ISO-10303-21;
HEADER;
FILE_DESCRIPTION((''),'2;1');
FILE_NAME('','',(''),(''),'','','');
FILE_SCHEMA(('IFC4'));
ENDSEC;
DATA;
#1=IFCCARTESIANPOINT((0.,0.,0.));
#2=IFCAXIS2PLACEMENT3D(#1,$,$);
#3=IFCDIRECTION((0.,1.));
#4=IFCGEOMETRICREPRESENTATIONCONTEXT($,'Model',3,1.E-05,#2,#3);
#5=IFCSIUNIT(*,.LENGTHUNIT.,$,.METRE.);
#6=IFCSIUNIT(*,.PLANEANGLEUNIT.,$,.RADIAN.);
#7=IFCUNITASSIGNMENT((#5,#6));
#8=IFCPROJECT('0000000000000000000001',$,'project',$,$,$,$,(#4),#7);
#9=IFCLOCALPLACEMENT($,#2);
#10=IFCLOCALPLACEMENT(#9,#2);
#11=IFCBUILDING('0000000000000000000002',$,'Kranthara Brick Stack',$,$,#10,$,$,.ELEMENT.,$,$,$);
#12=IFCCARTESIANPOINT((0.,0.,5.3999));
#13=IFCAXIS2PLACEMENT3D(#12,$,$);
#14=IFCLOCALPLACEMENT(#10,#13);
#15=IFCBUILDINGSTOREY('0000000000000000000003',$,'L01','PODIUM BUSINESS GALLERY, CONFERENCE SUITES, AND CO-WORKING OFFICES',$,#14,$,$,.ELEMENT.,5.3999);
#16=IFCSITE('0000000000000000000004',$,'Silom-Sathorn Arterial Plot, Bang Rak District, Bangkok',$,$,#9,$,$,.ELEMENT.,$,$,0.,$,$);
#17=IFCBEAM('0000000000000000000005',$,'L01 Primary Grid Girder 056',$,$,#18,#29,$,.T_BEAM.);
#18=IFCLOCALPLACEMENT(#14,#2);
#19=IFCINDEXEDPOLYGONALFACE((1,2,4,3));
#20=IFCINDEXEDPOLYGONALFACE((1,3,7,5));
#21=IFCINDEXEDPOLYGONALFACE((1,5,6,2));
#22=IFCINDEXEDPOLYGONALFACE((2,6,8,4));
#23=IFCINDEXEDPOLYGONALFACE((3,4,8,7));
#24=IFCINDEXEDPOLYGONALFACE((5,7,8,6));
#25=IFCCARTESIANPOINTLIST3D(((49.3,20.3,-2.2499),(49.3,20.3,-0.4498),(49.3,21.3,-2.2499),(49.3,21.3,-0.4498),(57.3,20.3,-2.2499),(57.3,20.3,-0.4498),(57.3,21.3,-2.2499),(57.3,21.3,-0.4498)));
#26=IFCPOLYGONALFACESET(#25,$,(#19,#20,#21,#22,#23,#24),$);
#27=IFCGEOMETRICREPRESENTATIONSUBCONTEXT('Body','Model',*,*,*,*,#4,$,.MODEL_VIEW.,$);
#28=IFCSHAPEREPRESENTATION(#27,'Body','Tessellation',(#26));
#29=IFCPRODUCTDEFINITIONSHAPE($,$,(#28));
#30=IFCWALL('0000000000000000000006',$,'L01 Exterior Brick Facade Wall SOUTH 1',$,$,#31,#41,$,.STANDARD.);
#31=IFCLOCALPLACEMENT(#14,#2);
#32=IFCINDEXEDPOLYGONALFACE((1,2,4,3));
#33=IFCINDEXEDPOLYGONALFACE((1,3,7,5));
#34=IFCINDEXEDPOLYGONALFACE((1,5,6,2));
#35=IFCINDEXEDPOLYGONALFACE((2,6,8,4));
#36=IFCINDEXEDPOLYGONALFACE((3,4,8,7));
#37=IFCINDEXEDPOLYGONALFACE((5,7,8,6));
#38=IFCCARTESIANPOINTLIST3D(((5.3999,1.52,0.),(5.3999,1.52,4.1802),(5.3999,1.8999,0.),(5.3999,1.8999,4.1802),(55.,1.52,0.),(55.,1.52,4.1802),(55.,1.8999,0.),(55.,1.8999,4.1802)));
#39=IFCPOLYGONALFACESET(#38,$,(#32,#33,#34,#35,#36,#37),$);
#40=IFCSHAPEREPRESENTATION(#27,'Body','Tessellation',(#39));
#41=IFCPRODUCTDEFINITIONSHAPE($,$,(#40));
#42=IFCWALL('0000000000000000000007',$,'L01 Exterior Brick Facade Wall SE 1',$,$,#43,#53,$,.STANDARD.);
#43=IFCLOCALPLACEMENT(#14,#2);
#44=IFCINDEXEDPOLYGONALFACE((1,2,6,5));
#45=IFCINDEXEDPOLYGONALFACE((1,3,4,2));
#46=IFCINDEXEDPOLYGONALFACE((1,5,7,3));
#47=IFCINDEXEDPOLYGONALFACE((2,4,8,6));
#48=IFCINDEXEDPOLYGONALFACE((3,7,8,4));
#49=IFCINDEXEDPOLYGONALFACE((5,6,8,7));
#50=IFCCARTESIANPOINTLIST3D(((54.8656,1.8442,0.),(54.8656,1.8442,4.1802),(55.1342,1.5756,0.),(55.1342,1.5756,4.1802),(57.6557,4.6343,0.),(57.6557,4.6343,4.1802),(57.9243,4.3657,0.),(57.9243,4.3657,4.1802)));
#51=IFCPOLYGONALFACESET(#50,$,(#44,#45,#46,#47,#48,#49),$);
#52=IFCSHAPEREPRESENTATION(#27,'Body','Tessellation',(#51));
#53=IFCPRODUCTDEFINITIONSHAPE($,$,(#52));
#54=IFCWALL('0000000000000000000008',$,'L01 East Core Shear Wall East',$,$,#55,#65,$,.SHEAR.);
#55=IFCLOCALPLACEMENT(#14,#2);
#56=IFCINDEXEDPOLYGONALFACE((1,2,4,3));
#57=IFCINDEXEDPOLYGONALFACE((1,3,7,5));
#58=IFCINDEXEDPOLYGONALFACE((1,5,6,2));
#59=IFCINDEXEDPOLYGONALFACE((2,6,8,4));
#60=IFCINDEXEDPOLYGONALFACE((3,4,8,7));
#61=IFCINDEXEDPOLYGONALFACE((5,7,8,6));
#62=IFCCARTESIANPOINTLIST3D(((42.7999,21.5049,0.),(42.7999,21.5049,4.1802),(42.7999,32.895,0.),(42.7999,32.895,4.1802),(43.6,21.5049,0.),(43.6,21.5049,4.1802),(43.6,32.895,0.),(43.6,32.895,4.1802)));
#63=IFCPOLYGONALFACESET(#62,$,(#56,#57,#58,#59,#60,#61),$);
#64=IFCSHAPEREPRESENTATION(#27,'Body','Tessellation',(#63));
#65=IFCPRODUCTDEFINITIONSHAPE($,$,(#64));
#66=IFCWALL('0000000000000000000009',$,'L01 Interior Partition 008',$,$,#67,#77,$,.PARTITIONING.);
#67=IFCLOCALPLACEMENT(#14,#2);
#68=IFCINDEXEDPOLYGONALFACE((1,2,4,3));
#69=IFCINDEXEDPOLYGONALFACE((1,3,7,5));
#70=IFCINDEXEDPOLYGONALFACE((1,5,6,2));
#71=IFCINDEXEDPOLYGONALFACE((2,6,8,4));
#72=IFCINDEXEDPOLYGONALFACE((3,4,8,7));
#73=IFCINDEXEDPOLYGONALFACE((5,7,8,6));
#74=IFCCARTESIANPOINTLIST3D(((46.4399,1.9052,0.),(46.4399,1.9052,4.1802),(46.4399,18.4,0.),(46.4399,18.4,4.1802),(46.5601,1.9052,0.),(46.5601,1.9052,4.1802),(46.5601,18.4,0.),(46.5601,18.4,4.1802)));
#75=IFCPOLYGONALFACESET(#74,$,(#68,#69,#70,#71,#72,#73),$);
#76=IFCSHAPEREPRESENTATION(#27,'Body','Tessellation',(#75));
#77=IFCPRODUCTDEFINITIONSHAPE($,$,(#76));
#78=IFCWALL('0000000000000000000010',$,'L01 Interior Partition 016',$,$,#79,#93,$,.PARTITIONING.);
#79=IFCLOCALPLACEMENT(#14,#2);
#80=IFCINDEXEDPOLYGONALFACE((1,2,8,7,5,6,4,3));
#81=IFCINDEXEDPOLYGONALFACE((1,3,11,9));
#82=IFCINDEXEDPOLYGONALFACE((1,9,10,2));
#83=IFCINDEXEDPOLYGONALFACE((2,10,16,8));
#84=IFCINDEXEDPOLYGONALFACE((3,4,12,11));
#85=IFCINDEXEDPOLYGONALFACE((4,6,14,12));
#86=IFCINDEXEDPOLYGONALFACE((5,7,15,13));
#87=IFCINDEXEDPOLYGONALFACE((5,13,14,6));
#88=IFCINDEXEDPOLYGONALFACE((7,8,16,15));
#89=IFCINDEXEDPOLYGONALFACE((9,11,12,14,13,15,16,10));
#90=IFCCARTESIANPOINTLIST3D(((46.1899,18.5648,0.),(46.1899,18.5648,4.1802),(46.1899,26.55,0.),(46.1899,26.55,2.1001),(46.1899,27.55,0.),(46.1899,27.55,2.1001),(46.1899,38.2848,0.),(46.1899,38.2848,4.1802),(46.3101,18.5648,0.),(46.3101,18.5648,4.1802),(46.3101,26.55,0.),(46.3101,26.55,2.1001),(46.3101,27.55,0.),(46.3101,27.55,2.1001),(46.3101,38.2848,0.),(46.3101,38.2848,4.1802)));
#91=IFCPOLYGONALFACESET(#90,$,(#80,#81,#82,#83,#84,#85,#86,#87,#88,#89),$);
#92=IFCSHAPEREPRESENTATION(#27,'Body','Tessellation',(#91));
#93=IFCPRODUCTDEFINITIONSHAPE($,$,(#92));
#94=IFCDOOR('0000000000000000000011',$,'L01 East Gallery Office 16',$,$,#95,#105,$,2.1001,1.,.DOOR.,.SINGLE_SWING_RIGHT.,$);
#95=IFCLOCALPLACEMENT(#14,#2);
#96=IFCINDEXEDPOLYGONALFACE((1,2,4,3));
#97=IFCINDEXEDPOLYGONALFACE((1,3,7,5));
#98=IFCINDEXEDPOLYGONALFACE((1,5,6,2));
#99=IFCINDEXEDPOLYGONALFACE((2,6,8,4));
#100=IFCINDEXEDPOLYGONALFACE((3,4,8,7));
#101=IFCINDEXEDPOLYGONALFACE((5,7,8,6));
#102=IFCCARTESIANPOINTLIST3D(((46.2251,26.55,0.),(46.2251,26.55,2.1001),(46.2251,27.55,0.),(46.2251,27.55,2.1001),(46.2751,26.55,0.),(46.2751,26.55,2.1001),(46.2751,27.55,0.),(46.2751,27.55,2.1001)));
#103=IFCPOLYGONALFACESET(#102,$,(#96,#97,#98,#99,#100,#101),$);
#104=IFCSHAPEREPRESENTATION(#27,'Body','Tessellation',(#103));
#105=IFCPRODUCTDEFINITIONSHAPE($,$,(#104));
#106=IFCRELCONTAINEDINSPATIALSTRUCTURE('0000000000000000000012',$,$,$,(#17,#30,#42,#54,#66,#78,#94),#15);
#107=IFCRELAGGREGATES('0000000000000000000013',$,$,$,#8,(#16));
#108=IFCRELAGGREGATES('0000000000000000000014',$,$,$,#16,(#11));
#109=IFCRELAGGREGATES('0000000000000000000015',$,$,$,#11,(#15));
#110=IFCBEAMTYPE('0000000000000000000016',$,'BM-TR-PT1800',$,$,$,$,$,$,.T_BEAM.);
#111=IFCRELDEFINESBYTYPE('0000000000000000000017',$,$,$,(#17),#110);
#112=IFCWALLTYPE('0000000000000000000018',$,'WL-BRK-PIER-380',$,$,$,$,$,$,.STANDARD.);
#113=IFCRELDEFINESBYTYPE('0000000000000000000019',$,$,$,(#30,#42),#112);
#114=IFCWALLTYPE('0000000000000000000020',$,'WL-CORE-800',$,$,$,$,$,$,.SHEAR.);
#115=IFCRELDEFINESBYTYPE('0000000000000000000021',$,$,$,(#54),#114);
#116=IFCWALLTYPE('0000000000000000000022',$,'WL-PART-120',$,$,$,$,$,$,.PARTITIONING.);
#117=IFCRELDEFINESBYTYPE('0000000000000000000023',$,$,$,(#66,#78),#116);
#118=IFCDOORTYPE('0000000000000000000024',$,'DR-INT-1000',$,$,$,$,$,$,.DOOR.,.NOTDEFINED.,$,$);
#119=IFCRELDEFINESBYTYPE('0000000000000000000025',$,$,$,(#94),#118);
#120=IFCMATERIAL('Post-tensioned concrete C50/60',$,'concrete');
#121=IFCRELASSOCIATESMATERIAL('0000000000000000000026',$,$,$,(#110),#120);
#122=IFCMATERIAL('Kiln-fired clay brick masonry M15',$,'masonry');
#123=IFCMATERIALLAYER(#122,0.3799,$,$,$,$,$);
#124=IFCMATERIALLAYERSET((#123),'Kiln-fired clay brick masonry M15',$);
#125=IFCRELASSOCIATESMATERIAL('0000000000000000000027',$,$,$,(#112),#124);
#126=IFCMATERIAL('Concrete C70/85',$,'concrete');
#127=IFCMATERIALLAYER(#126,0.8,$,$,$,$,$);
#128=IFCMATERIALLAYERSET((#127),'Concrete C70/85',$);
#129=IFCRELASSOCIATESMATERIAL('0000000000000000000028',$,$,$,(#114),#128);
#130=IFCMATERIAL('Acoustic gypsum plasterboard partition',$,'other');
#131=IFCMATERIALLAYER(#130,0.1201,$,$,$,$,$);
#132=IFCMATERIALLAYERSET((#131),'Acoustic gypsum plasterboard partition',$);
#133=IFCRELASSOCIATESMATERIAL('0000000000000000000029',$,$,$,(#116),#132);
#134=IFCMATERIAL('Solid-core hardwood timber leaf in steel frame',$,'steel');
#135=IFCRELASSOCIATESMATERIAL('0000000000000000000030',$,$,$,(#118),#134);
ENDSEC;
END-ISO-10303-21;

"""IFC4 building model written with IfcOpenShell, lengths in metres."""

from ifc_helpers import new_model, si_unit, direction, frame, frame_2d, origin, origin_2d, place, context, subcontext, project, spatial, rectangle, extrude, material, layer, layer_set, material_profile, profile_set, type_object, element, fill, save


model = new_model("IFC4")

# Units and contexts
model_context = context("Model", 3, precision=1e-05, world=origin(), true_north=direction((0.0, 1.0)))
body_context = subcontext(model_context, "Body", "Model", "MODEL_VIEW")
ifc_project = project(units=[si_unit("LENGTHUNIT", "METRE"), si_unit("PLANEANGLEUNIT", "RADIAN")], contexts=[model_context])

# Site, building, storey
site_placement = place(None, origin())
site = spatial("IfcSite", under=ifc_project, at=site_placement, Name="Silom-Sathorn Arterial Plot, Bang Rak District, Bangkok", CompositionType="ELEMENT", RefElevation=0.0)
building_placement = place(site_placement, origin())
building = spatial("IfcBuilding", under=site, at=building_placement, Name="Kranthara Brick Stack", CompositionType="ELEMENT")
storey_placement = place(building_placement, frame((0.0, 0.0, 5.3999)))
storey = spatial("IfcBuildingStorey", under=building, at=storey_placement, Name="L01", Description="PODIUM BUSINESS GALLERY, CONFERENCE SUITES, AND CO-WORKING OFFICES", CompositionType="ELEMENT", Elevation=5.3999)

# Beam
ifc_material_1 = material(Name="Post-tensioned concrete C50/60", Category="concrete")
ifc_material_profile_1 = material_profile(ifc_material_1, rectangle(XDim=1.0, YDim=1.8, at=origin_2d()), Name="PT 1000x1800")
ifc_profile_set_1 = profile_set([ifc_material_profile_1], Name="Post-tensioned concrete C50/60")
beam_type_1 = type_object("IfcBeamType", Name="BM-TR-PT1800", PredefinedType="T_BEAM", material=ifc_profile_set_1)
beam_1_placement = place(storey_placement, frame((49.3, 20.8, -1.3499), z_axis=(1.0, 0.0, 0.0), x_axis=(0.0, 1.0, 0.0)))
element("IfcBeam", 1, at=beam_1_placement, inside=storey, type_object=beam_type_1, Name="L01 Primary Grid Girder 056", PredefinedType="T_BEAM", context=body_context, shape_type="SweptSolid", body=[
    extrude(rectangle(XDim=1.0, YDim=1.8, at=origin_2d()), origin(), (0.0, 0.0, 1.0), 8.0),
])

# Walls
ifc_material_2 = material(Name="Kiln-fired clay brick masonry M15", Category="masonry")
ifc_layer_1 = layer(ifc_material_2, 0.3799)
ifc_layer_set_1 = layer_set([ifc_layer_1], Name="Kiln-fired clay brick masonry M15")
wall_type_1 = type_object("IfcWallType", Name="WL-BRK-PIER-380", PredefinedType="STANDARD", material=ifc_layer_set_1)
wall_1_placement = place(storey_placement, frame((55.0, 1.71, 0.0), z_axis=(0.0, 0.0, 1.0), x_axis=(-1.0, 0.0, 0.0)))
element("IfcWall", 2, at=wall_1_placement, inside=storey, type_object=wall_type_1, Name="L01 Exterior Brick Facade Wall SOUTH 1", PredefinedType="STANDARD", context=body_context, shape_type="SweptSolid", body=[
    extrude(rectangle(XDim=49.6001, YDim=0.3799, at=frame_2d((24.8, 0.0))), origin(), (0.0, 0.0, 1.0), 4.1802),
])
wall_2_placement = place(storey_placement, frame((57.79, 4.5, 0.0), z_axis=(0.0, 0.0, 1.0), x_axis=(-0.707107, -0.707107, 0.0)))
element("IfcWall", 3, at=wall_2_placement, inside=storey, type_object=wall_type_1, Name="L01 Exterior Brick Facade Wall SE 1", PredefinedType="STANDARD", context=body_context, shape_type="SweptSolid", body=[
    extrude(rectangle(XDim=3.9458, YDim=0.3799, at=frame_2d((1.9729, 0.0))), origin(), (0.0, 0.0, 1.0), 4.1802),
])
ifc_material_3 = material(Name="Concrete C70/85", Category="concrete")
ifc_layer_2 = layer(ifc_material_3, 0.8)
ifc_layer_set_2 = layer_set([ifc_layer_2], Name="Concrete C70/85")
wall_type_2 = type_object("IfcWallType", Name="WL-CORE-800", PredefinedType="SHEAR", material=ifc_layer_set_2)
wall_3_placement = place(storey_placement, frame((43.2, 21.5049, 0.0), z_axis=(0.0, 0.0, 1.0), x_axis=(0.0, 1.0, 0.0)))
element("IfcWall", 4, at=wall_3_placement, inside=storey, type_object=wall_type_2, Name="L01 East Core Shear Wall East", PredefinedType="SHEAR", context=body_context, shape_type="SweptSolid", body=[
    extrude(rectangle(XDim=11.3901, YDim=0.8, at=frame_2d((5.6951, 0.0))), origin(), (0.0, 0.0, 1.0), 4.1802),
])
ifc_material_4 = material(Name="Acoustic gypsum plasterboard partition", Category="other")
ifc_layer_3 = layer(ifc_material_4, 0.1201)
ifc_layer_set_3 = layer_set([ifc_layer_3], Name="Acoustic gypsum plasterboard partition")
wall_type_3 = type_object("IfcWallType", Name="WL-PART-120", PredefinedType="PARTITIONING", material=ifc_layer_set_3)
wall_4_placement = place(storey_placement, frame((46.5, 1.905, 0.0), z_axis=(0.0, 0.0, 1.0), x_axis=(0.0, 1.0, 0.0)))
element("IfcWall", 5, at=wall_4_placement, inside=storey, type_object=wall_type_3, Name="L01 Interior Partition 008", PredefinedType="PARTITIONING", context=body_context, shape_type="SweptSolid", body=[
    extrude(rectangle(XDim=16.4949, YDim=0.1201, at=frame_2d((8.2476, 0.0))), origin(), (0.0, 0.0, 1.0), 4.1802),
])

# Wall, opening, door
wall_5_placement = place(storey_placement, frame((46.25, 18.5649, 0.0), z_axis=(0.0, 0.0, 1.0), x_axis=(0.0, 1.0, 0.0)))
wall_5 = element("IfcWall", 6, at=wall_5_placement, inside=storey, type_object=wall_type_3, Name="L01 Interior Partition 016", PredefinedType="PARTITIONING", context=body_context, shape_type="SweptSolid", body=[
    extrude(rectangle(XDim=19.72, YDim=0.1201, at=frame_2d((9.8599, 0.0))), origin(), (0.0, 0.0, 1.0), 4.1802),
])
opening_placement = place(wall_5_placement, frame((7.9851, 0.0, 0.0)))
opening = element("IfcOpeningElement", 7, at=opening_placement, cuts=wall_5, PredefinedType="OPENING", context=body_context, shape_type="SweptSolid", body=[
    extrude(rectangle(XDim=1.0, YDim=2.1001, at=frame_2d((0.5, 1.05))), frame((0.0, 0.0701, 0.0), z_axis=(0.0, -1.0, 0.0), x_axis=(1.0, 0.0, 0.0)), (0.0, 0.0, 1.0), 0.1401),
])
ifc_material_5 = material(Name="Solid-core hardwood timber leaf in steel frame", Category="steel")
door_type = type_object("IfcDoorType", Name="DR-INT-1000", OperationType="NOTDEFINED", PredefinedType="DOOR", material=ifc_material_5)
door_placement = place(opening_placement, origin())
door = element("IfcDoor", 8, at=door_placement, inside=storey, type_object=door_type, Name="L01 East Gallery Office 16", OperationType="SINGLE_SWING_RIGHT", OverallHeight=2.1001, OverallWidth=1.0, PredefinedType="DOOR", context=body_context, shape_type="SweptSolid", body=[
    extrude(rectangle(XDim=1.0, YDim=2.1001, at=frame_2d((0.5, 1.05))), frame((0.0, 0.0249, 0.0), z_axis=(0.0, -1.0, 0.0), x_axis=(1.0, 0.0, 0.0)), (0.0, 0.0, 1.0), 0.05),
])
fill(opening, door)

save(model, "model.ifc")
